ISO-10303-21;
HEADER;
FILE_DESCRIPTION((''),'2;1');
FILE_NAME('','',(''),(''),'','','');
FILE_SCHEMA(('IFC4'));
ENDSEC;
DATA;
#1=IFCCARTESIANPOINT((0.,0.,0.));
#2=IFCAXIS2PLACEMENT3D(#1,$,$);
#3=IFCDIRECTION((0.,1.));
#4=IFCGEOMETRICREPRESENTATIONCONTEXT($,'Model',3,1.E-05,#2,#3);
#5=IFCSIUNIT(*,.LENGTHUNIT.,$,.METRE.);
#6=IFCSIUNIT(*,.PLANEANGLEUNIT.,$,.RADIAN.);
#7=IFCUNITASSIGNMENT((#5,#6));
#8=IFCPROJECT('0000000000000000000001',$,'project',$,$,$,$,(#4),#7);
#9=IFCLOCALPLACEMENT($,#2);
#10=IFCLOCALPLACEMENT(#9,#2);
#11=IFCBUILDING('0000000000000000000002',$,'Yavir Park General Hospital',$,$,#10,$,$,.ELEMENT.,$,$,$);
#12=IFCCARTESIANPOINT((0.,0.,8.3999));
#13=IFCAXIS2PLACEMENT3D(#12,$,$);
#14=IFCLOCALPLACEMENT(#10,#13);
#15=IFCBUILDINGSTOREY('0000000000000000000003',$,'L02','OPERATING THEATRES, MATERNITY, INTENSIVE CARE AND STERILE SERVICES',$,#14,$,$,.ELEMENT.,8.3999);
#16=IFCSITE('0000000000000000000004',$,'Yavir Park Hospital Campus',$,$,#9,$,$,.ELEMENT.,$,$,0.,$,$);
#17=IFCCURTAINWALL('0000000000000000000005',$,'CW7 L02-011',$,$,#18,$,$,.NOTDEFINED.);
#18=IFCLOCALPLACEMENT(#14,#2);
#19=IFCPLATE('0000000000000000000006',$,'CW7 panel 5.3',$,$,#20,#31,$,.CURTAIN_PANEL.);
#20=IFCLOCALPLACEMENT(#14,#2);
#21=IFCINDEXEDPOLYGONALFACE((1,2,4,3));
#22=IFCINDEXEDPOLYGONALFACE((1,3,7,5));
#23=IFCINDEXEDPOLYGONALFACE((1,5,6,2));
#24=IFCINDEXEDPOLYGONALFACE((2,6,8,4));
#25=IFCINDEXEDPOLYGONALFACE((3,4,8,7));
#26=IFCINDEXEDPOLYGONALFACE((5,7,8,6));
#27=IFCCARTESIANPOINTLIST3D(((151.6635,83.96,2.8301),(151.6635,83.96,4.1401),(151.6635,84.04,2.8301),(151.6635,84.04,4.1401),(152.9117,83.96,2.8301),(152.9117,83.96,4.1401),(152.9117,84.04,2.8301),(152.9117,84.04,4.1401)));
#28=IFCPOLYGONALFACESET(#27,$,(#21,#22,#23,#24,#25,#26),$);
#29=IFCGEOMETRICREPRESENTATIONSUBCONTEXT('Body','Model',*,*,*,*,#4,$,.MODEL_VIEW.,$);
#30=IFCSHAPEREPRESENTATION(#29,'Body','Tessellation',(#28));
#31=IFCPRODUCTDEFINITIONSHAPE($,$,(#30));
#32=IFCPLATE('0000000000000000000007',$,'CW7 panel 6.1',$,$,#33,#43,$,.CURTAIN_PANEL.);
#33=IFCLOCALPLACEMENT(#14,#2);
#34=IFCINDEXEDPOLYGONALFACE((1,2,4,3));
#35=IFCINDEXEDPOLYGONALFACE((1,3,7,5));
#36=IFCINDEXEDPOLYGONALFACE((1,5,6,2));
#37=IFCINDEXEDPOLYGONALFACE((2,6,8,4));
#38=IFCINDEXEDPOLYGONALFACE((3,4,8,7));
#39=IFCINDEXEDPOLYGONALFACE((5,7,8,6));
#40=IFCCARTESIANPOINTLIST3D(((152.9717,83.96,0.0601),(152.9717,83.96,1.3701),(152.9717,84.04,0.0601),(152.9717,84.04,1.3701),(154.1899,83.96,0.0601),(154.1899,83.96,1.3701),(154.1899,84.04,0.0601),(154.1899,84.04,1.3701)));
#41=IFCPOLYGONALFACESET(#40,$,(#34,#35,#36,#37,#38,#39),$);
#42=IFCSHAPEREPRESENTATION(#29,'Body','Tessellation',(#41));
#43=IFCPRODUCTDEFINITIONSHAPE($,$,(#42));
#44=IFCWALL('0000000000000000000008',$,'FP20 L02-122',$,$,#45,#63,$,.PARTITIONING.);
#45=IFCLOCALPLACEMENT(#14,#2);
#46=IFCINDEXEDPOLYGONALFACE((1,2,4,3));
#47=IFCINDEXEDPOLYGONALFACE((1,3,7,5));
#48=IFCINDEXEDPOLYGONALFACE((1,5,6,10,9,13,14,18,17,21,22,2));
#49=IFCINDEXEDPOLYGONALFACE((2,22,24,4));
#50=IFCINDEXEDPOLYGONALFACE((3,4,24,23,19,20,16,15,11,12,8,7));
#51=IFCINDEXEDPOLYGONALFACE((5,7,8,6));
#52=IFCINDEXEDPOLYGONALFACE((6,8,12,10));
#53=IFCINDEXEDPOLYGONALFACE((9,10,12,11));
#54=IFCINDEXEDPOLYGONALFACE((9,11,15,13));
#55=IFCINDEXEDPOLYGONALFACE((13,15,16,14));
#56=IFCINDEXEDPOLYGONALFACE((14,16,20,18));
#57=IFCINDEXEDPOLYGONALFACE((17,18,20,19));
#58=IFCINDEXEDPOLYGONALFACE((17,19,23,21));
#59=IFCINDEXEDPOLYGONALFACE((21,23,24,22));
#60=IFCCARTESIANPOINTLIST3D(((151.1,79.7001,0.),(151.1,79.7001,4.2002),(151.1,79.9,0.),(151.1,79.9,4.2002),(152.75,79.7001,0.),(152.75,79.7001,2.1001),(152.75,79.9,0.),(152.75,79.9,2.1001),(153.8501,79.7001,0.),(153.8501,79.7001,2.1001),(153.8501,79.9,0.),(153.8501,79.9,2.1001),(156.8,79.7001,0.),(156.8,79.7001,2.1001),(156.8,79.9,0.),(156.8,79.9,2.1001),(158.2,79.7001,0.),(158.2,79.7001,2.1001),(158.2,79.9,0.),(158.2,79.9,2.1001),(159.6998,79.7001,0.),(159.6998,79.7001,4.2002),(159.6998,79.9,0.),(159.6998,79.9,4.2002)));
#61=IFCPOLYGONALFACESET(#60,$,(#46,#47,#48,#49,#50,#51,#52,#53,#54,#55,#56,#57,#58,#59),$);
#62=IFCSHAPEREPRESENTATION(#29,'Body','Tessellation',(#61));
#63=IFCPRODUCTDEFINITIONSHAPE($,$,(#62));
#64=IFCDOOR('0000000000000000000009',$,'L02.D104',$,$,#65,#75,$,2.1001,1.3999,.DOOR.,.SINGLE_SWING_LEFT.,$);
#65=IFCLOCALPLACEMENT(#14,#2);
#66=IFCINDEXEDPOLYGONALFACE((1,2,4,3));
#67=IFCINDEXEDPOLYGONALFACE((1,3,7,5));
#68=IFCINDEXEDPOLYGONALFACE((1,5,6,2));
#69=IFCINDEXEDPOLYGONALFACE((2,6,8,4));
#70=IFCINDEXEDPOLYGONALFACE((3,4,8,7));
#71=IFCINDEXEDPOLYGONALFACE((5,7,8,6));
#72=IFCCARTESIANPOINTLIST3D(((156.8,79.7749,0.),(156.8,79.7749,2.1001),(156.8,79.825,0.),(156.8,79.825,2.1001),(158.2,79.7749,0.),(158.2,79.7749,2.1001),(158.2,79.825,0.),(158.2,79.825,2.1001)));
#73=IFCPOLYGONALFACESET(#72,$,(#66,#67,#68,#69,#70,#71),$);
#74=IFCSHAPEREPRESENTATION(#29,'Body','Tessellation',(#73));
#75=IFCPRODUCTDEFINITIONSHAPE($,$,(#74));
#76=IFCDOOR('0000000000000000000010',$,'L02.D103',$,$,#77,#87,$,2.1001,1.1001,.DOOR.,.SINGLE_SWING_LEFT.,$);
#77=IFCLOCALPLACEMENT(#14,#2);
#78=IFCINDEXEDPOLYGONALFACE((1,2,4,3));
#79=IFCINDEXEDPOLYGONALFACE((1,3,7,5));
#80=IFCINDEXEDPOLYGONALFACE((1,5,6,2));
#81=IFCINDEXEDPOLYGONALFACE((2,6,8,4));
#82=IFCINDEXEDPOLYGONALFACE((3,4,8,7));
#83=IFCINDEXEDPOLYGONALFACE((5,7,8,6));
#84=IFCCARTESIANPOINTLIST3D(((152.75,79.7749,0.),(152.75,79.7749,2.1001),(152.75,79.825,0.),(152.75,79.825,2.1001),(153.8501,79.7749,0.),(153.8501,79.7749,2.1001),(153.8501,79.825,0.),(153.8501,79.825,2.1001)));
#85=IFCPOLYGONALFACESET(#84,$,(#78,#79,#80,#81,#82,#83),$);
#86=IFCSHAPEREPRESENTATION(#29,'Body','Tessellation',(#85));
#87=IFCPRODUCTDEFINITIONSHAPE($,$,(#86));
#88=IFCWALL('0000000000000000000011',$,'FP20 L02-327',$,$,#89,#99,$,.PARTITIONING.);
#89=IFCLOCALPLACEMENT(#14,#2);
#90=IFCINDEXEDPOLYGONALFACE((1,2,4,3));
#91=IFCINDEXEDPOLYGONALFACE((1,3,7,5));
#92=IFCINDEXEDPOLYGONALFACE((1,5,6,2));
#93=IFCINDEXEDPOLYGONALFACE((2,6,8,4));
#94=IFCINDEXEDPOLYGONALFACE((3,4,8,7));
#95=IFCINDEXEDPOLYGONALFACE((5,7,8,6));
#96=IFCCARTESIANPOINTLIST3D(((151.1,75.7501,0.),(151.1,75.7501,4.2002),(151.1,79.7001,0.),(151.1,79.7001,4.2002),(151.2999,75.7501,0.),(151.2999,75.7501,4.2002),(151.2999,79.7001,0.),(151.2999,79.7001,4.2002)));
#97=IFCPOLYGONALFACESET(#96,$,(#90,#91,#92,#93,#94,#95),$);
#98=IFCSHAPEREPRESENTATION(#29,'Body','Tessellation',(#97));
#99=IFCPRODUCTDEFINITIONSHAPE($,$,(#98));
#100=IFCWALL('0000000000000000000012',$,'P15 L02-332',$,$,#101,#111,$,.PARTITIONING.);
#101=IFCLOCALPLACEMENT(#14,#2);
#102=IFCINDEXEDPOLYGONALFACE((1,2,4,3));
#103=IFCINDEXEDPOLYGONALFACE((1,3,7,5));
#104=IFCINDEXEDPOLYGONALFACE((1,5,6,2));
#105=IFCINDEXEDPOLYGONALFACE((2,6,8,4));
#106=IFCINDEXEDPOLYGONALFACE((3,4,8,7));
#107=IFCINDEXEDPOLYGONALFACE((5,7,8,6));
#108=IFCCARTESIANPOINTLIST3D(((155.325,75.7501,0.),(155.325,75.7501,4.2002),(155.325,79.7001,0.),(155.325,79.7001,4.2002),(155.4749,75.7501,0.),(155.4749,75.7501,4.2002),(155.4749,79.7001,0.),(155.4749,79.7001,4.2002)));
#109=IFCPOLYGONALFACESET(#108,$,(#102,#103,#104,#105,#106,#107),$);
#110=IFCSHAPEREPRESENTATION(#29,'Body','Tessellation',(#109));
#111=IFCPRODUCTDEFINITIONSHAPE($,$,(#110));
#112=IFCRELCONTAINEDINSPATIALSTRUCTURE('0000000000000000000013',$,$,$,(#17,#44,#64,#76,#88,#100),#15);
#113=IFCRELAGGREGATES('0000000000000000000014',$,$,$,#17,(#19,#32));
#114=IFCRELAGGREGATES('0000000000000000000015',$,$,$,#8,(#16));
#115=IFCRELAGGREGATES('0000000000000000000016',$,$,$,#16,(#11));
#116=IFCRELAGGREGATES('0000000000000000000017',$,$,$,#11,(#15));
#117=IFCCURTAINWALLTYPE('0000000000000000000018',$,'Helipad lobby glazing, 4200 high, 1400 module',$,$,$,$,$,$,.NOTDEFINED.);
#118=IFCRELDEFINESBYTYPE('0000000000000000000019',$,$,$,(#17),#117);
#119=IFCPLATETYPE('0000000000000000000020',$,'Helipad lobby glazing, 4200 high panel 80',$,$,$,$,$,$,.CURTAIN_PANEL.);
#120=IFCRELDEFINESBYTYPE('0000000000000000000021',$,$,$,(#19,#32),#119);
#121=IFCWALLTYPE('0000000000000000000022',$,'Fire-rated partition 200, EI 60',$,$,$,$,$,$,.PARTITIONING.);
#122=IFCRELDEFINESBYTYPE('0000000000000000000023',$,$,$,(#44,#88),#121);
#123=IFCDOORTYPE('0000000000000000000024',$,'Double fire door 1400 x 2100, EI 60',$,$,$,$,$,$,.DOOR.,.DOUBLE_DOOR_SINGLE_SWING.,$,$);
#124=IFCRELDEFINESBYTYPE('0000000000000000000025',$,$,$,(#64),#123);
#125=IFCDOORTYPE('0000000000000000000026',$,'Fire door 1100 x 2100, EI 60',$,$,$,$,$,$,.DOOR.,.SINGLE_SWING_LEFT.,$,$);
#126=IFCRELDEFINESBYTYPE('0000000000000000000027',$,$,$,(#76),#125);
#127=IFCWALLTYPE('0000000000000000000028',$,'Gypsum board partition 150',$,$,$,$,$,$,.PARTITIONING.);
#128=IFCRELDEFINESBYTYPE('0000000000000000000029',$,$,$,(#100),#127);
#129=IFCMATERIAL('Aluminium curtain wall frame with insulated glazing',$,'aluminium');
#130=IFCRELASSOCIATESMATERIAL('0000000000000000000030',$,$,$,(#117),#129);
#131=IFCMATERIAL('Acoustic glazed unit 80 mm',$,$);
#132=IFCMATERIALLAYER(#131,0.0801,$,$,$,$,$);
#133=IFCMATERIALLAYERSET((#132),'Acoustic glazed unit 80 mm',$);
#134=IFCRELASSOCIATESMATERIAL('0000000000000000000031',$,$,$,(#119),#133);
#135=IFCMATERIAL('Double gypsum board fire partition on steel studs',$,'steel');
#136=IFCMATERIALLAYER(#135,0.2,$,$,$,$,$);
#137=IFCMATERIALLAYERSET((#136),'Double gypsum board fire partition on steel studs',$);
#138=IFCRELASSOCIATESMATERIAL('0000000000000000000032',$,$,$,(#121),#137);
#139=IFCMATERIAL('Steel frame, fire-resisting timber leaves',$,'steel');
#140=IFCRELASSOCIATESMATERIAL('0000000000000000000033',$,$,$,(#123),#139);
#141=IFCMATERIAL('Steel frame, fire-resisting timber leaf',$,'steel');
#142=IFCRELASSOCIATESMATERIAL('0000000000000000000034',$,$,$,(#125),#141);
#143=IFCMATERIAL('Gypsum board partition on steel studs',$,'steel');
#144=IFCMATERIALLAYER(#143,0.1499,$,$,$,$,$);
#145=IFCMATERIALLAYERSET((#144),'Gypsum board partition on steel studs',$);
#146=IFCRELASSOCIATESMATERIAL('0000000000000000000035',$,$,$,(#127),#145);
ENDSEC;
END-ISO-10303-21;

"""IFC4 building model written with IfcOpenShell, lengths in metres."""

from ifc_helpers import new_model, si_unit, direction, frame, frame_2d, origin, origin_2d, place, context, subcontext, project, spatial, rectangle, extrude, material, layer, layer_set, type_object, element, fill, aggregate, save


model = new_model("IFC4")

# Units and contexts
model_context = context("Model", 3, precision=1e-05, world=origin(), true_north=direction((0.0, 1.0)))
body_context = subcontext(model_context, "Body", "Model", "MODEL_VIEW")
ifc_project = project(units=[si_unit("LENGTHUNIT", "METRE"), si_unit("PLANEANGLEUNIT", "RADIAN")], contexts=[model_context])

# Site, building, storey
site_placement = place(None, origin())
site = spatial("IfcSite", under=ifc_project, at=site_placement, Name="Yavir Park Hospital Campus", CompositionType="ELEMENT", RefElevation=0.0)
building_placement = place(site_placement, origin())
building = spatial("IfcBuilding", under=site, at=building_placement, Name="Yavir Park General Hospital", CompositionType="ELEMENT")
storey_placement = place(building_placement, frame((0.0, 0.0, 8.3999)))
storey = spatial("IfcBuildingStorey", under=building, at=storey_placement, Name="L02", Description="OPERATING THEATRES, MATERNITY, INTENSIVE CARE AND STERILE SERVICES", CompositionType="ELEMENT", Elevation=8.3999)

# Curtain wall, plates
ifc_material_1 = material(Name="Aluminium curtain wall frame with insulated glazing", Category="aluminium")
curtain_wall_type = type_object("IfcCurtainWallType", Name="Helipad lobby glazing, 4200 high, 1400 module", PredefinedType="NOTDEFINED", material=ifc_material_1)
curtain_wall_placement = place(storey_placement, origin())
curtain_wall = element("IfcCurtainWall", 1, at=curtain_wall_placement, inside=storey, type_object=curtain_wall_type, Name="CW7 L02-011", PredefinedType="NOTDEFINED")
ifc_material_2 = material(Name="Acoustic glazed unit 80 mm")
ifc_layer_1 = layer(ifc_material_2, 0.0801)
ifc_layer_set_1 = layer_set([ifc_layer_1], Name="Acoustic glazed unit 80 mm")
plate_type = type_object("IfcPlateType", Name="Helipad lobby glazing, 4200 high panel 80", PredefinedType="CURTAIN_PANEL", material=ifc_layer_set_1)
plate_1_placement = place(storey_placement, frame((152.2876, 84.0, 2.8301), z_axis=(0.0, 0.0, 1.0), x_axis=(1.0, 0.0, 0.0)))
plate_1 = element("IfcPlate", 2, at=plate_1_placement, type_object=plate_type, Name="CW7 panel 5.3", PredefinedType="CURTAIN_PANEL", context=body_context, shape_type="SweptSolid", body=[
    extrude(rectangle(XDim=1.2483, YDim=0.0801, at=origin_2d()), origin(), (0.0, 0.0, 1.0), 1.3101),
])
plate_2_placement = place(storey_placement, frame((153.5808, 84.0, 0.0601), z_axis=(0.0, 0.0, 1.0), x_axis=(1.0, 0.0, 0.0)))
plate_2 = element("IfcPlate", 3, at=plate_2_placement, type_object=plate_type, Name="CW7 panel 6.1", PredefinedType="CURTAIN_PANEL", context=body_context, shape_type="SweptSolid", body=[
    extrude(rectangle(XDim=1.2183, YDim=0.0801, at=origin_2d()), origin(), (0.0, 0.0, 1.0), 1.3101),
])
aggregate(curtain_wall, [plate_1, plate_2])

# Wall, openings, doors
ifc_material_3 = material(Name="Double gypsum board fire partition on steel studs", Category="steel")
ifc_layer_2 = layer(ifc_material_3, 0.2)
ifc_layer_set_2 = layer_set([ifc_layer_2], Name="Double gypsum board fire partition on steel studs")
wall_type_1 = type_object("IfcWallType", Name="Fire-rated partition 200, EI 60", PredefinedType="PARTITIONING", material=ifc_layer_set_2)
wall_1_placement = place(storey_placement, frame((151.1001, 79.8, 0.0), z_axis=(0.0, 0.0, 1.0), x_axis=(1.0, 0.0, 0.0)))
wall_1 = element("IfcWall", 4, at=wall_1_placement, inside=storey, type_object=wall_type_1, Name="FP20 L02-122", PredefinedType="PARTITIONING", context=body_context, shape_type="SweptSolid", body=[
    extrude(rectangle(XDim=8.5999, YDim=0.2, at=frame_2d((4.2998, 0.0))), origin(), (0.0, 0.0, 1.0), 4.2002),
])
opening_1_placement = place(wall_1_placement, frame((1.6499, 0.0, 0.0)))
opening_1 = element("IfcOpeningElement", 5, at=opening_1_placement, cuts=wall_1, PredefinedType="OPENING", context=body_context, shape_type="SweptSolid", body=[
    extrude(rectangle(XDim=1.1001, YDim=2.1001, at=frame_2d((0.55, 1.05))), frame((0.0, 0.1099, 0.0), z_axis=(0.0, -1.0, 0.0), x_axis=(1.0, 0.0, 0.0)), (0.0, 0.0, 1.0), 0.22),
])
opening_2_placement = place(wall_1_placement, frame((5.7, 0.0, 0.0)))
opening_2 = element("IfcOpeningElement", 6, at=opening_2_placement, cuts=wall_1, PredefinedType="OPENING", context=body_context, shape_type="SweptSolid", body=[
    extrude(rectangle(XDim=1.3999, YDim=2.1001, at=frame_2d((0.7, 1.05))), frame((0.0, 0.1099, 0.0), z_axis=(0.0, -1.0, 0.0), x_axis=(1.0, 0.0, 0.0)), (0.0, 0.0, 1.0), 0.22),
])
ifc_material_4 = material(Name="Steel frame, fire-resisting timber leaves", Category="steel")
door_type_1 = type_object("IfcDoorType", Name="Double fire door 1400 x 2100, EI 60", OperationType="DOUBLE_DOOR_SINGLE_SWING", PredefinedType="DOOR", material=ifc_material_4)
door_1_placement = place(opening_2_placement, origin())
door_1 = element("IfcDoor", 7, at=door_1_placement, inside=storey, type_object=door_type_1, Name="L02.D104", OperationType="SINGLE_SWING_LEFT", OverallHeight=2.1001, OverallWidth=1.3999, PredefinedType="DOOR", context=body_context, shape_type="SweptSolid", body=[
    extrude(rectangle(XDim=1.3999, YDim=2.1001, at=frame_2d((0.7, 1.05))), frame((0.0, 0.0249, 0.0), z_axis=(0.0, -1.0, 0.0), x_axis=(1.0, 0.0, 0.0)), (0.0, 0.0, 1.0), 0.05),
])
fill(opening_2, door_1)
ifc_material_5 = material(Name="Steel frame, fire-resisting timber leaf", Category="steel")
door_type_2 = type_object("IfcDoorType", Name="Fire door 1100 x 2100, EI 60", OperationType="SINGLE_SWING_LEFT", PredefinedType="DOOR", material=ifc_material_5)
door_2_placement = place(opening_1_placement, origin())
door_2 = element("IfcDoor", 8, at=door_2_placement, inside=storey, type_object=door_type_2, Name="L02.D103", OperationType="SINGLE_SWING_LEFT", OverallHeight=2.1001, OverallWidth=1.1001, PredefinedType="DOOR", context=body_context, shape_type="SweptSolid", body=[
    extrude(rectangle(XDim=1.1001, YDim=2.1001, at=frame_2d((0.55, 1.05))), frame((0.0, 0.0249, 0.0), z_axis=(0.0, -1.0, 0.0), x_axis=(1.0, 0.0, 0.0)), (0.0, 0.0, 1.0), 0.05),
])
fill(opening_1, door_2)

# Walls
wall_2_placement = place(storey_placement, frame((151.2, 75.75, 0.0), z_axis=(0.0, 0.0, 1.0), x_axis=(0.0, 1.0, 0.0)))
element("IfcWall", 9, at=wall_2_placement, inside=storey, type_object=wall_type_1, Name="FP20 L02-327", PredefinedType="PARTITIONING", context=body_context, shape_type="SweptSolid", body=[
    extrude(rectangle(XDim=3.95, YDim=0.2, at=frame_2d((1.9751, 0.0))), origin(), (0.0, 0.0, 1.0), 4.2002),
])
ifc_material_6 = material(Name="Gypsum board partition on steel studs", Category="steel")
ifc_layer_3 = layer(ifc_material_6, 0.1499)
ifc_layer_set_3 = layer_set([ifc_layer_3], Name="Gypsum board partition on steel studs")
wall_type_2 = type_object("IfcWallType", Name="Gypsum board partition 150", PredefinedType="PARTITIONING", material=ifc_layer_set_3)
wall_3_placement = place(storey_placement, frame((155.3999, 75.75, 0.0), z_axis=(0.0, 0.0, 1.0), x_axis=(0.0, 1.0, 0.0)))
element("IfcWall", 10, at=wall_3_placement, inside=storey, type_object=wall_type_2, Name="P15 L02-332", PredefinedType="PARTITIONING", context=body_context, shape_type="SweptSolid", body=[
    extrude(rectangle(XDim=3.95, YDim=0.1499, at=frame_2d((1.9751, 0.0))), origin(), (0.0, 0.0, 1.0), 4.2002),
])

save(model, "model.ifc")
